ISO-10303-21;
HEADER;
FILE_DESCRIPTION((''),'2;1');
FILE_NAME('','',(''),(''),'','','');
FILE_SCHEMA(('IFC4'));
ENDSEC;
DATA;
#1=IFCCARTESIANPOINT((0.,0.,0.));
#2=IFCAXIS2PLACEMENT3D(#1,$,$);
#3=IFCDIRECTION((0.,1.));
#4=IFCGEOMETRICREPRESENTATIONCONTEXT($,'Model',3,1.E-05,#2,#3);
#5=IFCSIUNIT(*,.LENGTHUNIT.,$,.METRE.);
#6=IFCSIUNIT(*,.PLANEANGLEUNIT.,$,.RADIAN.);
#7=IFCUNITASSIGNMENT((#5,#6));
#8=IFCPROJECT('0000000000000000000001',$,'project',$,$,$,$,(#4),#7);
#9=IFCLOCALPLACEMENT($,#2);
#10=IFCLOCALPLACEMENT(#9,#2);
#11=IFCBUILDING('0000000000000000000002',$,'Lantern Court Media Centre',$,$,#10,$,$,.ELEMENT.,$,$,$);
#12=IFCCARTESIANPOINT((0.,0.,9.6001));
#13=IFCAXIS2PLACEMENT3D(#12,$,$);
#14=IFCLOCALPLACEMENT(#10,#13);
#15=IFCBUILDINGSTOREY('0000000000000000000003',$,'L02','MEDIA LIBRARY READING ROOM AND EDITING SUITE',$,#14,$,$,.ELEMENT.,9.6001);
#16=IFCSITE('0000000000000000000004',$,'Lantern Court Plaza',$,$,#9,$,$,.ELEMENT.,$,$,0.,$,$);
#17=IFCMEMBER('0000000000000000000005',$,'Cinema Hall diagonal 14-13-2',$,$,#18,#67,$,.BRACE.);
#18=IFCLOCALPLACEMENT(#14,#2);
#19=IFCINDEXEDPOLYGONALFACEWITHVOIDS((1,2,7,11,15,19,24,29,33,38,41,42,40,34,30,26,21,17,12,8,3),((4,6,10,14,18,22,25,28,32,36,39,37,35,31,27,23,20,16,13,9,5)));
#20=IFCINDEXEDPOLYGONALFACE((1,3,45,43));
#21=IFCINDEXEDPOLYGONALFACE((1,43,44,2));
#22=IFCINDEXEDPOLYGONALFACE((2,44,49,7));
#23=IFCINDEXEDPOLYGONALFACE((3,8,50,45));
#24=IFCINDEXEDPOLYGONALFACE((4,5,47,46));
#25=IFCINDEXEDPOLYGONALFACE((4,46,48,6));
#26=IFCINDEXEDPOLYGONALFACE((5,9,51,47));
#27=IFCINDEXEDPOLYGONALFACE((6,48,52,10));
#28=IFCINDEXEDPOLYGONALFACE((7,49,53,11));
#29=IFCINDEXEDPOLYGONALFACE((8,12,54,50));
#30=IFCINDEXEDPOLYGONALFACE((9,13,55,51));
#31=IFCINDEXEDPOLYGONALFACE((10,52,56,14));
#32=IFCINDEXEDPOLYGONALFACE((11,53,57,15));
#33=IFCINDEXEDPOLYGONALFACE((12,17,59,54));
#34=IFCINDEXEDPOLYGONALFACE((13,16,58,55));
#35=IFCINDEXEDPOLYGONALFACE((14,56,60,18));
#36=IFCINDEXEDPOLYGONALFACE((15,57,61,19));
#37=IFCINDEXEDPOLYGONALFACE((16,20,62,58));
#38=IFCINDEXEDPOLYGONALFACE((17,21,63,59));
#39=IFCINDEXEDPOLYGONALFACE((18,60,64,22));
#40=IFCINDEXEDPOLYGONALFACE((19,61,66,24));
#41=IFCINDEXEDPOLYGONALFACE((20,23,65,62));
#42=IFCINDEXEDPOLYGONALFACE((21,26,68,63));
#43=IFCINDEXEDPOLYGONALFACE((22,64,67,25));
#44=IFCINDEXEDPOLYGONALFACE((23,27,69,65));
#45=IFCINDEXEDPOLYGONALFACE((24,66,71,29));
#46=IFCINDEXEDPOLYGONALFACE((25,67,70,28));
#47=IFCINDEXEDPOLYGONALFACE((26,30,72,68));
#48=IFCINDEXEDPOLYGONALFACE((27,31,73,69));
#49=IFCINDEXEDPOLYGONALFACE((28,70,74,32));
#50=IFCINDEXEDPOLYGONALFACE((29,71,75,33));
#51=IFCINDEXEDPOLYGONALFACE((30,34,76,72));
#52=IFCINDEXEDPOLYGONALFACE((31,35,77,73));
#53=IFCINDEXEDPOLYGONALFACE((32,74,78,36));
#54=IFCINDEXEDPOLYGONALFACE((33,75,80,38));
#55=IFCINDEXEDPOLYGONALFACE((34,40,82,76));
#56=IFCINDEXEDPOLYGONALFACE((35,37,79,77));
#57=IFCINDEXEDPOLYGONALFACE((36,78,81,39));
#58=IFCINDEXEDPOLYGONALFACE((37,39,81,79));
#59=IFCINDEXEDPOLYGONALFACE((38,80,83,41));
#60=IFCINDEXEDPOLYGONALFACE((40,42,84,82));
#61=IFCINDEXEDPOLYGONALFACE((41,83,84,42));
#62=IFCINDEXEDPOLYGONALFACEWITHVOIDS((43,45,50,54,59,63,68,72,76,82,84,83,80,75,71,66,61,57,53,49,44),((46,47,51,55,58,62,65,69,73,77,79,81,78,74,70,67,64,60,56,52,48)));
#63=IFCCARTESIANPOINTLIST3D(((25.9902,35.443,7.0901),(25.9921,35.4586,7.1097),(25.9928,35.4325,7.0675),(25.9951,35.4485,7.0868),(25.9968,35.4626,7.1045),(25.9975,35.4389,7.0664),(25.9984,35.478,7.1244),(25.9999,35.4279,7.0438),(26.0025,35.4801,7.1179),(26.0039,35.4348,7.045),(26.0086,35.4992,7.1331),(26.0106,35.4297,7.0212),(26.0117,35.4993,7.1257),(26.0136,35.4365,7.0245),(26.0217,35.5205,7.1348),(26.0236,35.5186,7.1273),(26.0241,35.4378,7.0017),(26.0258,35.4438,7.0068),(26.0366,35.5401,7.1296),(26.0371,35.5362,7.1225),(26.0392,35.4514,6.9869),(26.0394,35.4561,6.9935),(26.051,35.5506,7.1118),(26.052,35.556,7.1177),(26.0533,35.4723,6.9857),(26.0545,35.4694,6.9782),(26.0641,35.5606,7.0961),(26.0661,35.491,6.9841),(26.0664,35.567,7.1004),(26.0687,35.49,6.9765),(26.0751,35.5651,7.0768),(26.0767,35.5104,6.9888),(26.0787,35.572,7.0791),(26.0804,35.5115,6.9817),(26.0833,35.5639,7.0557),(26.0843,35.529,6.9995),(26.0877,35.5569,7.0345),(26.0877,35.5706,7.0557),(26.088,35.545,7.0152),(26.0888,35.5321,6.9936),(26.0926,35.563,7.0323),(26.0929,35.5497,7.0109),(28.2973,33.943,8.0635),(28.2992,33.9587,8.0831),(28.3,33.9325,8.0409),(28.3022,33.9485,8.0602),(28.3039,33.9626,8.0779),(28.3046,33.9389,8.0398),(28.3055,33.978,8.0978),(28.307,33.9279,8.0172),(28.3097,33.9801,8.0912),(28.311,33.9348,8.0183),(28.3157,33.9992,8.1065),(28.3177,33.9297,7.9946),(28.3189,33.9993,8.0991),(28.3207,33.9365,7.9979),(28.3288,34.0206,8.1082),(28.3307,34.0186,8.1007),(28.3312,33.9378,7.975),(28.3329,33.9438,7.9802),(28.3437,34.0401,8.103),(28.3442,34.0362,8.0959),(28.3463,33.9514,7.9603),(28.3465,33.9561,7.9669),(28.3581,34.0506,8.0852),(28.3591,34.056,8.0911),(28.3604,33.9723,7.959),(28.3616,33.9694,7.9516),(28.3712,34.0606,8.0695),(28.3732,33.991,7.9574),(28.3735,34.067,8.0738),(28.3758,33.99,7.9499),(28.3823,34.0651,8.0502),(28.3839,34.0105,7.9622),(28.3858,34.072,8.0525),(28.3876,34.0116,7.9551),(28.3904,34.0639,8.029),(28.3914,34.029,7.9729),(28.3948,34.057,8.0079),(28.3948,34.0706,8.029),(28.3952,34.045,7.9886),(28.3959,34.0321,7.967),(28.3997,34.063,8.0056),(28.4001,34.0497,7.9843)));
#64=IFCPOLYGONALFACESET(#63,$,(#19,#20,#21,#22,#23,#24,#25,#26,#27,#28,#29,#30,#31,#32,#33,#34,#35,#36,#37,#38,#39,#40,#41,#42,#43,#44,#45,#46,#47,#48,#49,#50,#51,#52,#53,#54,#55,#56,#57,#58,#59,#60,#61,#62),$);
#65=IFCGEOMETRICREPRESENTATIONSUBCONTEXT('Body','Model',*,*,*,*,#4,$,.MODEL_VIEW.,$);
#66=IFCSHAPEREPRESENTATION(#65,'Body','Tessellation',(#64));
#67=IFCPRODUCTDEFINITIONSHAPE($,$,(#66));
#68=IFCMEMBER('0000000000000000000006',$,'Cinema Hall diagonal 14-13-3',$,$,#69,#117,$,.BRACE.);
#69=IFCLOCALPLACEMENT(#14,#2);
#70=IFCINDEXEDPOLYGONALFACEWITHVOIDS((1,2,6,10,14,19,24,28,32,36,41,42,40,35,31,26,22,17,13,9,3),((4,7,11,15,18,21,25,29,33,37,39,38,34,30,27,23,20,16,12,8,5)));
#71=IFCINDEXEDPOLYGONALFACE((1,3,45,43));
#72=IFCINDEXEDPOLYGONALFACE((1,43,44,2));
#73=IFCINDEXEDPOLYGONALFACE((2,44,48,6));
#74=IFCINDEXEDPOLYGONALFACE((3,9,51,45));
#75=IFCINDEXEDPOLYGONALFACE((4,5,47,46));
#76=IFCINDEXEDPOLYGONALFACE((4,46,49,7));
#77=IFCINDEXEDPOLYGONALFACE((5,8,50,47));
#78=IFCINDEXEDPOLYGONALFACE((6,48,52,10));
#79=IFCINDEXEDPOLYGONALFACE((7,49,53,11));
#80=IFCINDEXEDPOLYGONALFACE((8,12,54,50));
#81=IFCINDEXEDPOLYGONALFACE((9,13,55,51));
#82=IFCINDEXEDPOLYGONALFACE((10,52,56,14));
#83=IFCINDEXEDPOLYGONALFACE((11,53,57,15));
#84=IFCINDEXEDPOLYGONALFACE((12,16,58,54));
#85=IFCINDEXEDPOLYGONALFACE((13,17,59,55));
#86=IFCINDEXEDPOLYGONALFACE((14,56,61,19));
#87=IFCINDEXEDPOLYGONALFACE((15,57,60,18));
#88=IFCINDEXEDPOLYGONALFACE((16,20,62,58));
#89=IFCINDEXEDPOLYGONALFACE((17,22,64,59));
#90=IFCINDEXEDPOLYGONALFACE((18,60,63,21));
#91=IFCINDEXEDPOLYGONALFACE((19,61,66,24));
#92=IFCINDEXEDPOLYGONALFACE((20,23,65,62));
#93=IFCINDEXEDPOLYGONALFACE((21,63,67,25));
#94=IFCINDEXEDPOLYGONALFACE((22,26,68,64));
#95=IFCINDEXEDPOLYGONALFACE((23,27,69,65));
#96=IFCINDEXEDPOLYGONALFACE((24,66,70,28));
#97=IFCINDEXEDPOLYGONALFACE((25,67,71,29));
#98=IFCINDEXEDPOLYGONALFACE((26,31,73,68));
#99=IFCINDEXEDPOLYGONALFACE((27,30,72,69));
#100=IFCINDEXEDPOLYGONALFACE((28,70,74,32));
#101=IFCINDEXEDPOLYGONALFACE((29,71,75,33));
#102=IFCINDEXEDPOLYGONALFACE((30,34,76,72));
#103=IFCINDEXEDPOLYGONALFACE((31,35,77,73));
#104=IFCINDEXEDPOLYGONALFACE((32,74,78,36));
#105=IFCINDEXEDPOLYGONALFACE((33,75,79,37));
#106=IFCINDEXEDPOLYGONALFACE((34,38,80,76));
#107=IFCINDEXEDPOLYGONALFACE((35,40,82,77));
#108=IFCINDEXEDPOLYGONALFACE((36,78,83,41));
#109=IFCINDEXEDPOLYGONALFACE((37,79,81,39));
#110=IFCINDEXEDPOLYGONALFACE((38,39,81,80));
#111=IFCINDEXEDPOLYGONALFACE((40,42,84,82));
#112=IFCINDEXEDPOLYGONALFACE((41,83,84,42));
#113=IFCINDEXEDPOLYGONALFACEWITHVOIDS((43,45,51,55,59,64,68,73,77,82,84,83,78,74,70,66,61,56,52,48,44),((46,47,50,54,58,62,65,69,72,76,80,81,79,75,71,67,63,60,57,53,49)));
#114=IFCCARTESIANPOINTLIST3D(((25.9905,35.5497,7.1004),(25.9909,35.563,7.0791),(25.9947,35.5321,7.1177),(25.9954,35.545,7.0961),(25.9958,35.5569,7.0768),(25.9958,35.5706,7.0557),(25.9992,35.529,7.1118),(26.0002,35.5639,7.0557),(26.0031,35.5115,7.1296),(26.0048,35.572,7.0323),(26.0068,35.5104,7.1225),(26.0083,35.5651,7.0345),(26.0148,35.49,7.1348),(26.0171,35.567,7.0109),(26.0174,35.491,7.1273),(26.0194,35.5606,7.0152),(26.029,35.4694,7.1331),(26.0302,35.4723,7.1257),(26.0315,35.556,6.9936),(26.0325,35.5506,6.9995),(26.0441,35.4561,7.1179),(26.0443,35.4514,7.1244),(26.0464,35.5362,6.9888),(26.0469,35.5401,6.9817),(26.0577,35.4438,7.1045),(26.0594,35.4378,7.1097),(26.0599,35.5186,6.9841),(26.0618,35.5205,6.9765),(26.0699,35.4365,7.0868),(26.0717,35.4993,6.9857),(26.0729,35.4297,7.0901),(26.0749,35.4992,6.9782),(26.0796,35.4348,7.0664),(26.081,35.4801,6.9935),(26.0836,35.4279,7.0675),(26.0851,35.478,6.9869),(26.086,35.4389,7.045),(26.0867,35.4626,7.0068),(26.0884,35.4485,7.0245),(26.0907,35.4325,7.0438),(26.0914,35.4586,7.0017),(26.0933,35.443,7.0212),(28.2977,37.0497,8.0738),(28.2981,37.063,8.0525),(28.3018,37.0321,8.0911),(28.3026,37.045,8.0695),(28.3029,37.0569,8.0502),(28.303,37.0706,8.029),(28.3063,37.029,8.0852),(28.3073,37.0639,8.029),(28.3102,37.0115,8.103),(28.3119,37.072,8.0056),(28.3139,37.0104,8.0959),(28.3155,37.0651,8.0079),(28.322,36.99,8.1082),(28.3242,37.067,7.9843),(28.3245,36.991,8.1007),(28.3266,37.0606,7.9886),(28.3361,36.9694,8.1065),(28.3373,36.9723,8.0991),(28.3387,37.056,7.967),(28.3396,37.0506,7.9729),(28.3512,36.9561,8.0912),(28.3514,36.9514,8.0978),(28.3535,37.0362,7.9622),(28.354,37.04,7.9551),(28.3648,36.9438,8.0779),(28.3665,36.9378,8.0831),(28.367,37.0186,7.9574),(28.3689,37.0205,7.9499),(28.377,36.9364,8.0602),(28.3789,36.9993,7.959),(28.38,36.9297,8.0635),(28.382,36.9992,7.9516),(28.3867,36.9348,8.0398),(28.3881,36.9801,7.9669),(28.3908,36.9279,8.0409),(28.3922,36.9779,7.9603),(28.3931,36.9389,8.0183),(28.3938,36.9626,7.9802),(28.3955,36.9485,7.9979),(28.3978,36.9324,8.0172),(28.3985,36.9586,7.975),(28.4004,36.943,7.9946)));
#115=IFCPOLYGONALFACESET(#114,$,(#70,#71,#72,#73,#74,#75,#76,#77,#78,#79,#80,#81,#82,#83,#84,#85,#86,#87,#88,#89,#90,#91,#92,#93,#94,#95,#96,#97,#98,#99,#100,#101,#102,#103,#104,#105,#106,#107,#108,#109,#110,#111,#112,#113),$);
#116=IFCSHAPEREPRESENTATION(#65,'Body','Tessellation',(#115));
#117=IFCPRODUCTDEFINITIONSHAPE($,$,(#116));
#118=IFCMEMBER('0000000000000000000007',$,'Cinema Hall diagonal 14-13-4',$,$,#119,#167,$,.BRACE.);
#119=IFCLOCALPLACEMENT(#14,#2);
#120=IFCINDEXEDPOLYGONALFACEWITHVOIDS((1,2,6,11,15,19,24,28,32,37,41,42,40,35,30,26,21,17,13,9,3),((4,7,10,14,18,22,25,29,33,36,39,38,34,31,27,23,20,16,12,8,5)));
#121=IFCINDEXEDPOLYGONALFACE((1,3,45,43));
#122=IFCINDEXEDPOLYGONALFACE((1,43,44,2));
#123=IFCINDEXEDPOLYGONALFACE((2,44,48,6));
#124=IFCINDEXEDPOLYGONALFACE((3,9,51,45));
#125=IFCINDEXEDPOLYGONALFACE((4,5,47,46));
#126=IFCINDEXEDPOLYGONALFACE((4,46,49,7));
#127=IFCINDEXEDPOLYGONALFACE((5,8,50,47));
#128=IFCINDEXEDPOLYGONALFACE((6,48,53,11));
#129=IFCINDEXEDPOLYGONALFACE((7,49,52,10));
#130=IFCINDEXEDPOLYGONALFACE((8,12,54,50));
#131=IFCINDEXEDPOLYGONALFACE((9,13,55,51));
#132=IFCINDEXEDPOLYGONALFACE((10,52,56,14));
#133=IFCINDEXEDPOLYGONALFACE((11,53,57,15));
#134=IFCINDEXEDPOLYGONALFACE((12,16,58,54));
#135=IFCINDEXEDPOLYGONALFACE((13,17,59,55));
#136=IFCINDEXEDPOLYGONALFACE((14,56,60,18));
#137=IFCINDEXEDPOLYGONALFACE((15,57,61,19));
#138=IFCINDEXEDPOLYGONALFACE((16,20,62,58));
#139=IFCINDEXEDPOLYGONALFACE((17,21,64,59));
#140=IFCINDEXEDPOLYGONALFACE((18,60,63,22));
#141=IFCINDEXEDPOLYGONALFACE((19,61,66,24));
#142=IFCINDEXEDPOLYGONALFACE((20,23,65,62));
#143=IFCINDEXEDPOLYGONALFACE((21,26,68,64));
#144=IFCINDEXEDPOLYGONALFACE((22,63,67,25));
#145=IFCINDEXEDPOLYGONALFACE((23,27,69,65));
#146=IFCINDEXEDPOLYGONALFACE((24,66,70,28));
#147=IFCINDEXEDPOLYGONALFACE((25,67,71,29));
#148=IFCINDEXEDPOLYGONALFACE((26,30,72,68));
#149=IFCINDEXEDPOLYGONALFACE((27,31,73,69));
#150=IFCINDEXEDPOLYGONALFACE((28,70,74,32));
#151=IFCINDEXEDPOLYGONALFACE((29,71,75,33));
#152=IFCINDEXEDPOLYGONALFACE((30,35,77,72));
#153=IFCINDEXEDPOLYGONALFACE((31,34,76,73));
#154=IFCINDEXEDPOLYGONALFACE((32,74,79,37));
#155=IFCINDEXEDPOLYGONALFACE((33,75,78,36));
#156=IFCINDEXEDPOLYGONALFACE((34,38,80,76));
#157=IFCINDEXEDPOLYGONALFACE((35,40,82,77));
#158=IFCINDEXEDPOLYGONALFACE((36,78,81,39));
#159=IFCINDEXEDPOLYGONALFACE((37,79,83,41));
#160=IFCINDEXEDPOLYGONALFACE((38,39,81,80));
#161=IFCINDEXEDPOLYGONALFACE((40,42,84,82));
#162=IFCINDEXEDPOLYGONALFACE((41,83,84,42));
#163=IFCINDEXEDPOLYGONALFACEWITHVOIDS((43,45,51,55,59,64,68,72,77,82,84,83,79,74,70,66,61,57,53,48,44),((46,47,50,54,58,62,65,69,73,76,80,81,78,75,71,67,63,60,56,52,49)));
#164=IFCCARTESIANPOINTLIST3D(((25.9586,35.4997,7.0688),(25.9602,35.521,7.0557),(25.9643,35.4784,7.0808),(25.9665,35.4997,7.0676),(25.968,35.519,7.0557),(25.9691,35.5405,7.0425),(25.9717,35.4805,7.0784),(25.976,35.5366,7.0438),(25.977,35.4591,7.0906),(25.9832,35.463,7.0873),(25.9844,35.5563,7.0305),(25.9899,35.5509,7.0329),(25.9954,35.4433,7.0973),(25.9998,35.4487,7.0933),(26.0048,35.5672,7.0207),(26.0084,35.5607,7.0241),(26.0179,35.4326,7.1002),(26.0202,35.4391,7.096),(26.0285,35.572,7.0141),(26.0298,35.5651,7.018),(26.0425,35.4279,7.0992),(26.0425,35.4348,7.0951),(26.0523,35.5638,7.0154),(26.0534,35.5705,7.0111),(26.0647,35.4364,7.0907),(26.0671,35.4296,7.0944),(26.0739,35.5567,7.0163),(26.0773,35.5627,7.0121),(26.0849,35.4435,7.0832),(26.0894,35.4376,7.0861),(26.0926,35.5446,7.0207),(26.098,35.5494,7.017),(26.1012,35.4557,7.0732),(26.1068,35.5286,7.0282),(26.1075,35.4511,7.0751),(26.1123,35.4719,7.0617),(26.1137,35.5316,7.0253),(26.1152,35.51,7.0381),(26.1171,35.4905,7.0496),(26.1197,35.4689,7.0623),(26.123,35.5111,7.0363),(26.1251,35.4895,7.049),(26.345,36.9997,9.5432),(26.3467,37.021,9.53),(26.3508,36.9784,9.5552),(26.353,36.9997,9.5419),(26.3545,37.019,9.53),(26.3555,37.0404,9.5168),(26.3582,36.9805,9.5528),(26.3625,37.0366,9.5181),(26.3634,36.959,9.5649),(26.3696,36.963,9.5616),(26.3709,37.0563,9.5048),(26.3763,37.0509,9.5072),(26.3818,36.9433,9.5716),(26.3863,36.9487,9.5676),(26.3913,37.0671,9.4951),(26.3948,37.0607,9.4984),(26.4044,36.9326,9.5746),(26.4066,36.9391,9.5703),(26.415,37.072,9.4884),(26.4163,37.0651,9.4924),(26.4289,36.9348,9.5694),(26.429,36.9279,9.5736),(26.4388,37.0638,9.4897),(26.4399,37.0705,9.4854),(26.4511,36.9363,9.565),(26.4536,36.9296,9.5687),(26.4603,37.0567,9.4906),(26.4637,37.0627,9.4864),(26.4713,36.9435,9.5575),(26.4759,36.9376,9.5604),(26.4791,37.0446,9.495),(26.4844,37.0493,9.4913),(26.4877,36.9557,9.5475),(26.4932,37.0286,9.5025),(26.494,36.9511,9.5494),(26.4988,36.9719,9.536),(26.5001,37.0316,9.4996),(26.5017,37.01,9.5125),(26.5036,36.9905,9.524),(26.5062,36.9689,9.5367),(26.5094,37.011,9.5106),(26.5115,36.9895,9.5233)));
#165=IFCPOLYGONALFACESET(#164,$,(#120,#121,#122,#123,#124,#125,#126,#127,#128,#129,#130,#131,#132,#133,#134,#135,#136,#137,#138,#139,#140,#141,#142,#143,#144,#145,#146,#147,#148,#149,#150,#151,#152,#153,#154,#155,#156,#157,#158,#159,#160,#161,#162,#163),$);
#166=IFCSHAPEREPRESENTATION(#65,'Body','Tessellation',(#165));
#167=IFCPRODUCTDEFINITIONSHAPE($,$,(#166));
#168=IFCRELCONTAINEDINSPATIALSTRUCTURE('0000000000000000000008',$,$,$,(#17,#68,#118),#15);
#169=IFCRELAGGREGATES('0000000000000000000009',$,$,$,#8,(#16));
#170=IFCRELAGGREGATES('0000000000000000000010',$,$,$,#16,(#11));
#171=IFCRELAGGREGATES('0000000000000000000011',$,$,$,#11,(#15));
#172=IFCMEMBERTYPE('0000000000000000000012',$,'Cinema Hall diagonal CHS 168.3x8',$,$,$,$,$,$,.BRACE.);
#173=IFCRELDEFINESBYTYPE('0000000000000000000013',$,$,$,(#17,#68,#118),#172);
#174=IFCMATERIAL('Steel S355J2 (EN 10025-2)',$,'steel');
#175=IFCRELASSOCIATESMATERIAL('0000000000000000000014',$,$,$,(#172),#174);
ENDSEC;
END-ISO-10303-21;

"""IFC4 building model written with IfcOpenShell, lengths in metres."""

from ifc_helpers import new_model, si_unit, direction, frame, origin, origin_2d, place, context, subcontext, project, spatial, hollow_circle, extrude, material, material_profile, profile_set, type_object, element, save


model = new_model("IFC4")

# Units and contexts
model_context = context("Model", 3, precision=1e-05, world=origin(), true_north=direction((0.0, 1.0)))
body_context = subcontext(model_context, "Body", "Model", "MODEL_VIEW")
ifc_project = project(units=[si_unit("LENGTHUNIT", "METRE"), si_unit("PLANEANGLEUNIT", "RADIAN")], contexts=[model_context])

# Site, building, storey
site_placement = place(None, origin())
site = spatial("IfcSite", under=ifc_project, at=site_placement, Name="Lantern Court Plaza", CompositionType="ELEMENT", RefElevation=0.0)
building_placement = place(site_placement, origin())
building = spatial("IfcBuilding", under=site, at=building_placement, Name="Lantern Court Media Centre", CompositionType="ELEMENT")
storey_placement = place(building_placement, frame((0.0, 0.0, 9.6001)))
storey = spatial("IfcBuildingStorey", under=building, at=storey_placement, Name="L02", Description="MEDIA LIBRARY READING ROOM AND EDITING SUITE", CompositionType="ELEMENT", Elevation=9.6001)

# Members
ifc_material = material(Name="Steel S355J2 (EN 10025-2)", Category="steel")
ifc_material_profile_1 = material_profile(ifc_material, hollow_circle(Radius=0.0842, WallThickness=0.0081, at=origin_2d()), Name="Cinema Hall diagonal CHS 168.3x8")
ifc_profile_set_1 = profile_set([ifc_material_profile_1], Name="Steel S355J2 (EN 10025-2)")
member_type_1 = type_object("IfcMemberType", Name="Cinema Hall diagonal CHS 168.3x8", PredefinedType="BRACE", material=ifc_profile_set_1)
for number, where, z_axis, x_axis, name in (
    (1, (26.0417, 35.5, 7.0557), (0.790394, -0.513882, 0.333471), (0.545082, 0.838383, 0.0), "Cinema Hall diagonal 14-13-2"),
    (2, (26.0417, 35.5, 7.0557), (0.790394, 0.513882, 0.333471), (-0.545082, 0.838383, 0.0), "Cinema Hall diagonal 14-13-3"),
):
    element("IfcMember", number, at=place(storey_placement, frame(where, z_axis=z_axis, x_axis=x_axis)), inside=storey, type_object=member_type_1, Name=name, PredefinedType="BRACE", context=body_context, shape_type="SweptSolid", body=[
        extrude(hollow_circle(Radius=0.0842, WallThickness=0.0081, at=origin_2d()), origin(), (0.0, 0.0, 1.0), 2.9189),
    ])
member_1_placement = place(storey_placement, frame((26.0417, 35.5, 7.0557), z_axis=(0.13239, 0.513836, 0.847612), x_axis=(-0.968374, 0.249501, 0.0)))
element("IfcMember", 3, at=member_1_placement, inside=storey, type_object=member_type_1, Name="Cinema Hall diagonal 14-13-4", PredefinedType="BRACE", context=body_context, shape_type="SweptSolid", body=[
    extrude(hollow_circle(Radius=0.0842, WallThickness=0.0081, at=origin_2d()), origin(), (0.0, 0.0, 1.0), 2.9192),
])

save(model, "model.ifc")
